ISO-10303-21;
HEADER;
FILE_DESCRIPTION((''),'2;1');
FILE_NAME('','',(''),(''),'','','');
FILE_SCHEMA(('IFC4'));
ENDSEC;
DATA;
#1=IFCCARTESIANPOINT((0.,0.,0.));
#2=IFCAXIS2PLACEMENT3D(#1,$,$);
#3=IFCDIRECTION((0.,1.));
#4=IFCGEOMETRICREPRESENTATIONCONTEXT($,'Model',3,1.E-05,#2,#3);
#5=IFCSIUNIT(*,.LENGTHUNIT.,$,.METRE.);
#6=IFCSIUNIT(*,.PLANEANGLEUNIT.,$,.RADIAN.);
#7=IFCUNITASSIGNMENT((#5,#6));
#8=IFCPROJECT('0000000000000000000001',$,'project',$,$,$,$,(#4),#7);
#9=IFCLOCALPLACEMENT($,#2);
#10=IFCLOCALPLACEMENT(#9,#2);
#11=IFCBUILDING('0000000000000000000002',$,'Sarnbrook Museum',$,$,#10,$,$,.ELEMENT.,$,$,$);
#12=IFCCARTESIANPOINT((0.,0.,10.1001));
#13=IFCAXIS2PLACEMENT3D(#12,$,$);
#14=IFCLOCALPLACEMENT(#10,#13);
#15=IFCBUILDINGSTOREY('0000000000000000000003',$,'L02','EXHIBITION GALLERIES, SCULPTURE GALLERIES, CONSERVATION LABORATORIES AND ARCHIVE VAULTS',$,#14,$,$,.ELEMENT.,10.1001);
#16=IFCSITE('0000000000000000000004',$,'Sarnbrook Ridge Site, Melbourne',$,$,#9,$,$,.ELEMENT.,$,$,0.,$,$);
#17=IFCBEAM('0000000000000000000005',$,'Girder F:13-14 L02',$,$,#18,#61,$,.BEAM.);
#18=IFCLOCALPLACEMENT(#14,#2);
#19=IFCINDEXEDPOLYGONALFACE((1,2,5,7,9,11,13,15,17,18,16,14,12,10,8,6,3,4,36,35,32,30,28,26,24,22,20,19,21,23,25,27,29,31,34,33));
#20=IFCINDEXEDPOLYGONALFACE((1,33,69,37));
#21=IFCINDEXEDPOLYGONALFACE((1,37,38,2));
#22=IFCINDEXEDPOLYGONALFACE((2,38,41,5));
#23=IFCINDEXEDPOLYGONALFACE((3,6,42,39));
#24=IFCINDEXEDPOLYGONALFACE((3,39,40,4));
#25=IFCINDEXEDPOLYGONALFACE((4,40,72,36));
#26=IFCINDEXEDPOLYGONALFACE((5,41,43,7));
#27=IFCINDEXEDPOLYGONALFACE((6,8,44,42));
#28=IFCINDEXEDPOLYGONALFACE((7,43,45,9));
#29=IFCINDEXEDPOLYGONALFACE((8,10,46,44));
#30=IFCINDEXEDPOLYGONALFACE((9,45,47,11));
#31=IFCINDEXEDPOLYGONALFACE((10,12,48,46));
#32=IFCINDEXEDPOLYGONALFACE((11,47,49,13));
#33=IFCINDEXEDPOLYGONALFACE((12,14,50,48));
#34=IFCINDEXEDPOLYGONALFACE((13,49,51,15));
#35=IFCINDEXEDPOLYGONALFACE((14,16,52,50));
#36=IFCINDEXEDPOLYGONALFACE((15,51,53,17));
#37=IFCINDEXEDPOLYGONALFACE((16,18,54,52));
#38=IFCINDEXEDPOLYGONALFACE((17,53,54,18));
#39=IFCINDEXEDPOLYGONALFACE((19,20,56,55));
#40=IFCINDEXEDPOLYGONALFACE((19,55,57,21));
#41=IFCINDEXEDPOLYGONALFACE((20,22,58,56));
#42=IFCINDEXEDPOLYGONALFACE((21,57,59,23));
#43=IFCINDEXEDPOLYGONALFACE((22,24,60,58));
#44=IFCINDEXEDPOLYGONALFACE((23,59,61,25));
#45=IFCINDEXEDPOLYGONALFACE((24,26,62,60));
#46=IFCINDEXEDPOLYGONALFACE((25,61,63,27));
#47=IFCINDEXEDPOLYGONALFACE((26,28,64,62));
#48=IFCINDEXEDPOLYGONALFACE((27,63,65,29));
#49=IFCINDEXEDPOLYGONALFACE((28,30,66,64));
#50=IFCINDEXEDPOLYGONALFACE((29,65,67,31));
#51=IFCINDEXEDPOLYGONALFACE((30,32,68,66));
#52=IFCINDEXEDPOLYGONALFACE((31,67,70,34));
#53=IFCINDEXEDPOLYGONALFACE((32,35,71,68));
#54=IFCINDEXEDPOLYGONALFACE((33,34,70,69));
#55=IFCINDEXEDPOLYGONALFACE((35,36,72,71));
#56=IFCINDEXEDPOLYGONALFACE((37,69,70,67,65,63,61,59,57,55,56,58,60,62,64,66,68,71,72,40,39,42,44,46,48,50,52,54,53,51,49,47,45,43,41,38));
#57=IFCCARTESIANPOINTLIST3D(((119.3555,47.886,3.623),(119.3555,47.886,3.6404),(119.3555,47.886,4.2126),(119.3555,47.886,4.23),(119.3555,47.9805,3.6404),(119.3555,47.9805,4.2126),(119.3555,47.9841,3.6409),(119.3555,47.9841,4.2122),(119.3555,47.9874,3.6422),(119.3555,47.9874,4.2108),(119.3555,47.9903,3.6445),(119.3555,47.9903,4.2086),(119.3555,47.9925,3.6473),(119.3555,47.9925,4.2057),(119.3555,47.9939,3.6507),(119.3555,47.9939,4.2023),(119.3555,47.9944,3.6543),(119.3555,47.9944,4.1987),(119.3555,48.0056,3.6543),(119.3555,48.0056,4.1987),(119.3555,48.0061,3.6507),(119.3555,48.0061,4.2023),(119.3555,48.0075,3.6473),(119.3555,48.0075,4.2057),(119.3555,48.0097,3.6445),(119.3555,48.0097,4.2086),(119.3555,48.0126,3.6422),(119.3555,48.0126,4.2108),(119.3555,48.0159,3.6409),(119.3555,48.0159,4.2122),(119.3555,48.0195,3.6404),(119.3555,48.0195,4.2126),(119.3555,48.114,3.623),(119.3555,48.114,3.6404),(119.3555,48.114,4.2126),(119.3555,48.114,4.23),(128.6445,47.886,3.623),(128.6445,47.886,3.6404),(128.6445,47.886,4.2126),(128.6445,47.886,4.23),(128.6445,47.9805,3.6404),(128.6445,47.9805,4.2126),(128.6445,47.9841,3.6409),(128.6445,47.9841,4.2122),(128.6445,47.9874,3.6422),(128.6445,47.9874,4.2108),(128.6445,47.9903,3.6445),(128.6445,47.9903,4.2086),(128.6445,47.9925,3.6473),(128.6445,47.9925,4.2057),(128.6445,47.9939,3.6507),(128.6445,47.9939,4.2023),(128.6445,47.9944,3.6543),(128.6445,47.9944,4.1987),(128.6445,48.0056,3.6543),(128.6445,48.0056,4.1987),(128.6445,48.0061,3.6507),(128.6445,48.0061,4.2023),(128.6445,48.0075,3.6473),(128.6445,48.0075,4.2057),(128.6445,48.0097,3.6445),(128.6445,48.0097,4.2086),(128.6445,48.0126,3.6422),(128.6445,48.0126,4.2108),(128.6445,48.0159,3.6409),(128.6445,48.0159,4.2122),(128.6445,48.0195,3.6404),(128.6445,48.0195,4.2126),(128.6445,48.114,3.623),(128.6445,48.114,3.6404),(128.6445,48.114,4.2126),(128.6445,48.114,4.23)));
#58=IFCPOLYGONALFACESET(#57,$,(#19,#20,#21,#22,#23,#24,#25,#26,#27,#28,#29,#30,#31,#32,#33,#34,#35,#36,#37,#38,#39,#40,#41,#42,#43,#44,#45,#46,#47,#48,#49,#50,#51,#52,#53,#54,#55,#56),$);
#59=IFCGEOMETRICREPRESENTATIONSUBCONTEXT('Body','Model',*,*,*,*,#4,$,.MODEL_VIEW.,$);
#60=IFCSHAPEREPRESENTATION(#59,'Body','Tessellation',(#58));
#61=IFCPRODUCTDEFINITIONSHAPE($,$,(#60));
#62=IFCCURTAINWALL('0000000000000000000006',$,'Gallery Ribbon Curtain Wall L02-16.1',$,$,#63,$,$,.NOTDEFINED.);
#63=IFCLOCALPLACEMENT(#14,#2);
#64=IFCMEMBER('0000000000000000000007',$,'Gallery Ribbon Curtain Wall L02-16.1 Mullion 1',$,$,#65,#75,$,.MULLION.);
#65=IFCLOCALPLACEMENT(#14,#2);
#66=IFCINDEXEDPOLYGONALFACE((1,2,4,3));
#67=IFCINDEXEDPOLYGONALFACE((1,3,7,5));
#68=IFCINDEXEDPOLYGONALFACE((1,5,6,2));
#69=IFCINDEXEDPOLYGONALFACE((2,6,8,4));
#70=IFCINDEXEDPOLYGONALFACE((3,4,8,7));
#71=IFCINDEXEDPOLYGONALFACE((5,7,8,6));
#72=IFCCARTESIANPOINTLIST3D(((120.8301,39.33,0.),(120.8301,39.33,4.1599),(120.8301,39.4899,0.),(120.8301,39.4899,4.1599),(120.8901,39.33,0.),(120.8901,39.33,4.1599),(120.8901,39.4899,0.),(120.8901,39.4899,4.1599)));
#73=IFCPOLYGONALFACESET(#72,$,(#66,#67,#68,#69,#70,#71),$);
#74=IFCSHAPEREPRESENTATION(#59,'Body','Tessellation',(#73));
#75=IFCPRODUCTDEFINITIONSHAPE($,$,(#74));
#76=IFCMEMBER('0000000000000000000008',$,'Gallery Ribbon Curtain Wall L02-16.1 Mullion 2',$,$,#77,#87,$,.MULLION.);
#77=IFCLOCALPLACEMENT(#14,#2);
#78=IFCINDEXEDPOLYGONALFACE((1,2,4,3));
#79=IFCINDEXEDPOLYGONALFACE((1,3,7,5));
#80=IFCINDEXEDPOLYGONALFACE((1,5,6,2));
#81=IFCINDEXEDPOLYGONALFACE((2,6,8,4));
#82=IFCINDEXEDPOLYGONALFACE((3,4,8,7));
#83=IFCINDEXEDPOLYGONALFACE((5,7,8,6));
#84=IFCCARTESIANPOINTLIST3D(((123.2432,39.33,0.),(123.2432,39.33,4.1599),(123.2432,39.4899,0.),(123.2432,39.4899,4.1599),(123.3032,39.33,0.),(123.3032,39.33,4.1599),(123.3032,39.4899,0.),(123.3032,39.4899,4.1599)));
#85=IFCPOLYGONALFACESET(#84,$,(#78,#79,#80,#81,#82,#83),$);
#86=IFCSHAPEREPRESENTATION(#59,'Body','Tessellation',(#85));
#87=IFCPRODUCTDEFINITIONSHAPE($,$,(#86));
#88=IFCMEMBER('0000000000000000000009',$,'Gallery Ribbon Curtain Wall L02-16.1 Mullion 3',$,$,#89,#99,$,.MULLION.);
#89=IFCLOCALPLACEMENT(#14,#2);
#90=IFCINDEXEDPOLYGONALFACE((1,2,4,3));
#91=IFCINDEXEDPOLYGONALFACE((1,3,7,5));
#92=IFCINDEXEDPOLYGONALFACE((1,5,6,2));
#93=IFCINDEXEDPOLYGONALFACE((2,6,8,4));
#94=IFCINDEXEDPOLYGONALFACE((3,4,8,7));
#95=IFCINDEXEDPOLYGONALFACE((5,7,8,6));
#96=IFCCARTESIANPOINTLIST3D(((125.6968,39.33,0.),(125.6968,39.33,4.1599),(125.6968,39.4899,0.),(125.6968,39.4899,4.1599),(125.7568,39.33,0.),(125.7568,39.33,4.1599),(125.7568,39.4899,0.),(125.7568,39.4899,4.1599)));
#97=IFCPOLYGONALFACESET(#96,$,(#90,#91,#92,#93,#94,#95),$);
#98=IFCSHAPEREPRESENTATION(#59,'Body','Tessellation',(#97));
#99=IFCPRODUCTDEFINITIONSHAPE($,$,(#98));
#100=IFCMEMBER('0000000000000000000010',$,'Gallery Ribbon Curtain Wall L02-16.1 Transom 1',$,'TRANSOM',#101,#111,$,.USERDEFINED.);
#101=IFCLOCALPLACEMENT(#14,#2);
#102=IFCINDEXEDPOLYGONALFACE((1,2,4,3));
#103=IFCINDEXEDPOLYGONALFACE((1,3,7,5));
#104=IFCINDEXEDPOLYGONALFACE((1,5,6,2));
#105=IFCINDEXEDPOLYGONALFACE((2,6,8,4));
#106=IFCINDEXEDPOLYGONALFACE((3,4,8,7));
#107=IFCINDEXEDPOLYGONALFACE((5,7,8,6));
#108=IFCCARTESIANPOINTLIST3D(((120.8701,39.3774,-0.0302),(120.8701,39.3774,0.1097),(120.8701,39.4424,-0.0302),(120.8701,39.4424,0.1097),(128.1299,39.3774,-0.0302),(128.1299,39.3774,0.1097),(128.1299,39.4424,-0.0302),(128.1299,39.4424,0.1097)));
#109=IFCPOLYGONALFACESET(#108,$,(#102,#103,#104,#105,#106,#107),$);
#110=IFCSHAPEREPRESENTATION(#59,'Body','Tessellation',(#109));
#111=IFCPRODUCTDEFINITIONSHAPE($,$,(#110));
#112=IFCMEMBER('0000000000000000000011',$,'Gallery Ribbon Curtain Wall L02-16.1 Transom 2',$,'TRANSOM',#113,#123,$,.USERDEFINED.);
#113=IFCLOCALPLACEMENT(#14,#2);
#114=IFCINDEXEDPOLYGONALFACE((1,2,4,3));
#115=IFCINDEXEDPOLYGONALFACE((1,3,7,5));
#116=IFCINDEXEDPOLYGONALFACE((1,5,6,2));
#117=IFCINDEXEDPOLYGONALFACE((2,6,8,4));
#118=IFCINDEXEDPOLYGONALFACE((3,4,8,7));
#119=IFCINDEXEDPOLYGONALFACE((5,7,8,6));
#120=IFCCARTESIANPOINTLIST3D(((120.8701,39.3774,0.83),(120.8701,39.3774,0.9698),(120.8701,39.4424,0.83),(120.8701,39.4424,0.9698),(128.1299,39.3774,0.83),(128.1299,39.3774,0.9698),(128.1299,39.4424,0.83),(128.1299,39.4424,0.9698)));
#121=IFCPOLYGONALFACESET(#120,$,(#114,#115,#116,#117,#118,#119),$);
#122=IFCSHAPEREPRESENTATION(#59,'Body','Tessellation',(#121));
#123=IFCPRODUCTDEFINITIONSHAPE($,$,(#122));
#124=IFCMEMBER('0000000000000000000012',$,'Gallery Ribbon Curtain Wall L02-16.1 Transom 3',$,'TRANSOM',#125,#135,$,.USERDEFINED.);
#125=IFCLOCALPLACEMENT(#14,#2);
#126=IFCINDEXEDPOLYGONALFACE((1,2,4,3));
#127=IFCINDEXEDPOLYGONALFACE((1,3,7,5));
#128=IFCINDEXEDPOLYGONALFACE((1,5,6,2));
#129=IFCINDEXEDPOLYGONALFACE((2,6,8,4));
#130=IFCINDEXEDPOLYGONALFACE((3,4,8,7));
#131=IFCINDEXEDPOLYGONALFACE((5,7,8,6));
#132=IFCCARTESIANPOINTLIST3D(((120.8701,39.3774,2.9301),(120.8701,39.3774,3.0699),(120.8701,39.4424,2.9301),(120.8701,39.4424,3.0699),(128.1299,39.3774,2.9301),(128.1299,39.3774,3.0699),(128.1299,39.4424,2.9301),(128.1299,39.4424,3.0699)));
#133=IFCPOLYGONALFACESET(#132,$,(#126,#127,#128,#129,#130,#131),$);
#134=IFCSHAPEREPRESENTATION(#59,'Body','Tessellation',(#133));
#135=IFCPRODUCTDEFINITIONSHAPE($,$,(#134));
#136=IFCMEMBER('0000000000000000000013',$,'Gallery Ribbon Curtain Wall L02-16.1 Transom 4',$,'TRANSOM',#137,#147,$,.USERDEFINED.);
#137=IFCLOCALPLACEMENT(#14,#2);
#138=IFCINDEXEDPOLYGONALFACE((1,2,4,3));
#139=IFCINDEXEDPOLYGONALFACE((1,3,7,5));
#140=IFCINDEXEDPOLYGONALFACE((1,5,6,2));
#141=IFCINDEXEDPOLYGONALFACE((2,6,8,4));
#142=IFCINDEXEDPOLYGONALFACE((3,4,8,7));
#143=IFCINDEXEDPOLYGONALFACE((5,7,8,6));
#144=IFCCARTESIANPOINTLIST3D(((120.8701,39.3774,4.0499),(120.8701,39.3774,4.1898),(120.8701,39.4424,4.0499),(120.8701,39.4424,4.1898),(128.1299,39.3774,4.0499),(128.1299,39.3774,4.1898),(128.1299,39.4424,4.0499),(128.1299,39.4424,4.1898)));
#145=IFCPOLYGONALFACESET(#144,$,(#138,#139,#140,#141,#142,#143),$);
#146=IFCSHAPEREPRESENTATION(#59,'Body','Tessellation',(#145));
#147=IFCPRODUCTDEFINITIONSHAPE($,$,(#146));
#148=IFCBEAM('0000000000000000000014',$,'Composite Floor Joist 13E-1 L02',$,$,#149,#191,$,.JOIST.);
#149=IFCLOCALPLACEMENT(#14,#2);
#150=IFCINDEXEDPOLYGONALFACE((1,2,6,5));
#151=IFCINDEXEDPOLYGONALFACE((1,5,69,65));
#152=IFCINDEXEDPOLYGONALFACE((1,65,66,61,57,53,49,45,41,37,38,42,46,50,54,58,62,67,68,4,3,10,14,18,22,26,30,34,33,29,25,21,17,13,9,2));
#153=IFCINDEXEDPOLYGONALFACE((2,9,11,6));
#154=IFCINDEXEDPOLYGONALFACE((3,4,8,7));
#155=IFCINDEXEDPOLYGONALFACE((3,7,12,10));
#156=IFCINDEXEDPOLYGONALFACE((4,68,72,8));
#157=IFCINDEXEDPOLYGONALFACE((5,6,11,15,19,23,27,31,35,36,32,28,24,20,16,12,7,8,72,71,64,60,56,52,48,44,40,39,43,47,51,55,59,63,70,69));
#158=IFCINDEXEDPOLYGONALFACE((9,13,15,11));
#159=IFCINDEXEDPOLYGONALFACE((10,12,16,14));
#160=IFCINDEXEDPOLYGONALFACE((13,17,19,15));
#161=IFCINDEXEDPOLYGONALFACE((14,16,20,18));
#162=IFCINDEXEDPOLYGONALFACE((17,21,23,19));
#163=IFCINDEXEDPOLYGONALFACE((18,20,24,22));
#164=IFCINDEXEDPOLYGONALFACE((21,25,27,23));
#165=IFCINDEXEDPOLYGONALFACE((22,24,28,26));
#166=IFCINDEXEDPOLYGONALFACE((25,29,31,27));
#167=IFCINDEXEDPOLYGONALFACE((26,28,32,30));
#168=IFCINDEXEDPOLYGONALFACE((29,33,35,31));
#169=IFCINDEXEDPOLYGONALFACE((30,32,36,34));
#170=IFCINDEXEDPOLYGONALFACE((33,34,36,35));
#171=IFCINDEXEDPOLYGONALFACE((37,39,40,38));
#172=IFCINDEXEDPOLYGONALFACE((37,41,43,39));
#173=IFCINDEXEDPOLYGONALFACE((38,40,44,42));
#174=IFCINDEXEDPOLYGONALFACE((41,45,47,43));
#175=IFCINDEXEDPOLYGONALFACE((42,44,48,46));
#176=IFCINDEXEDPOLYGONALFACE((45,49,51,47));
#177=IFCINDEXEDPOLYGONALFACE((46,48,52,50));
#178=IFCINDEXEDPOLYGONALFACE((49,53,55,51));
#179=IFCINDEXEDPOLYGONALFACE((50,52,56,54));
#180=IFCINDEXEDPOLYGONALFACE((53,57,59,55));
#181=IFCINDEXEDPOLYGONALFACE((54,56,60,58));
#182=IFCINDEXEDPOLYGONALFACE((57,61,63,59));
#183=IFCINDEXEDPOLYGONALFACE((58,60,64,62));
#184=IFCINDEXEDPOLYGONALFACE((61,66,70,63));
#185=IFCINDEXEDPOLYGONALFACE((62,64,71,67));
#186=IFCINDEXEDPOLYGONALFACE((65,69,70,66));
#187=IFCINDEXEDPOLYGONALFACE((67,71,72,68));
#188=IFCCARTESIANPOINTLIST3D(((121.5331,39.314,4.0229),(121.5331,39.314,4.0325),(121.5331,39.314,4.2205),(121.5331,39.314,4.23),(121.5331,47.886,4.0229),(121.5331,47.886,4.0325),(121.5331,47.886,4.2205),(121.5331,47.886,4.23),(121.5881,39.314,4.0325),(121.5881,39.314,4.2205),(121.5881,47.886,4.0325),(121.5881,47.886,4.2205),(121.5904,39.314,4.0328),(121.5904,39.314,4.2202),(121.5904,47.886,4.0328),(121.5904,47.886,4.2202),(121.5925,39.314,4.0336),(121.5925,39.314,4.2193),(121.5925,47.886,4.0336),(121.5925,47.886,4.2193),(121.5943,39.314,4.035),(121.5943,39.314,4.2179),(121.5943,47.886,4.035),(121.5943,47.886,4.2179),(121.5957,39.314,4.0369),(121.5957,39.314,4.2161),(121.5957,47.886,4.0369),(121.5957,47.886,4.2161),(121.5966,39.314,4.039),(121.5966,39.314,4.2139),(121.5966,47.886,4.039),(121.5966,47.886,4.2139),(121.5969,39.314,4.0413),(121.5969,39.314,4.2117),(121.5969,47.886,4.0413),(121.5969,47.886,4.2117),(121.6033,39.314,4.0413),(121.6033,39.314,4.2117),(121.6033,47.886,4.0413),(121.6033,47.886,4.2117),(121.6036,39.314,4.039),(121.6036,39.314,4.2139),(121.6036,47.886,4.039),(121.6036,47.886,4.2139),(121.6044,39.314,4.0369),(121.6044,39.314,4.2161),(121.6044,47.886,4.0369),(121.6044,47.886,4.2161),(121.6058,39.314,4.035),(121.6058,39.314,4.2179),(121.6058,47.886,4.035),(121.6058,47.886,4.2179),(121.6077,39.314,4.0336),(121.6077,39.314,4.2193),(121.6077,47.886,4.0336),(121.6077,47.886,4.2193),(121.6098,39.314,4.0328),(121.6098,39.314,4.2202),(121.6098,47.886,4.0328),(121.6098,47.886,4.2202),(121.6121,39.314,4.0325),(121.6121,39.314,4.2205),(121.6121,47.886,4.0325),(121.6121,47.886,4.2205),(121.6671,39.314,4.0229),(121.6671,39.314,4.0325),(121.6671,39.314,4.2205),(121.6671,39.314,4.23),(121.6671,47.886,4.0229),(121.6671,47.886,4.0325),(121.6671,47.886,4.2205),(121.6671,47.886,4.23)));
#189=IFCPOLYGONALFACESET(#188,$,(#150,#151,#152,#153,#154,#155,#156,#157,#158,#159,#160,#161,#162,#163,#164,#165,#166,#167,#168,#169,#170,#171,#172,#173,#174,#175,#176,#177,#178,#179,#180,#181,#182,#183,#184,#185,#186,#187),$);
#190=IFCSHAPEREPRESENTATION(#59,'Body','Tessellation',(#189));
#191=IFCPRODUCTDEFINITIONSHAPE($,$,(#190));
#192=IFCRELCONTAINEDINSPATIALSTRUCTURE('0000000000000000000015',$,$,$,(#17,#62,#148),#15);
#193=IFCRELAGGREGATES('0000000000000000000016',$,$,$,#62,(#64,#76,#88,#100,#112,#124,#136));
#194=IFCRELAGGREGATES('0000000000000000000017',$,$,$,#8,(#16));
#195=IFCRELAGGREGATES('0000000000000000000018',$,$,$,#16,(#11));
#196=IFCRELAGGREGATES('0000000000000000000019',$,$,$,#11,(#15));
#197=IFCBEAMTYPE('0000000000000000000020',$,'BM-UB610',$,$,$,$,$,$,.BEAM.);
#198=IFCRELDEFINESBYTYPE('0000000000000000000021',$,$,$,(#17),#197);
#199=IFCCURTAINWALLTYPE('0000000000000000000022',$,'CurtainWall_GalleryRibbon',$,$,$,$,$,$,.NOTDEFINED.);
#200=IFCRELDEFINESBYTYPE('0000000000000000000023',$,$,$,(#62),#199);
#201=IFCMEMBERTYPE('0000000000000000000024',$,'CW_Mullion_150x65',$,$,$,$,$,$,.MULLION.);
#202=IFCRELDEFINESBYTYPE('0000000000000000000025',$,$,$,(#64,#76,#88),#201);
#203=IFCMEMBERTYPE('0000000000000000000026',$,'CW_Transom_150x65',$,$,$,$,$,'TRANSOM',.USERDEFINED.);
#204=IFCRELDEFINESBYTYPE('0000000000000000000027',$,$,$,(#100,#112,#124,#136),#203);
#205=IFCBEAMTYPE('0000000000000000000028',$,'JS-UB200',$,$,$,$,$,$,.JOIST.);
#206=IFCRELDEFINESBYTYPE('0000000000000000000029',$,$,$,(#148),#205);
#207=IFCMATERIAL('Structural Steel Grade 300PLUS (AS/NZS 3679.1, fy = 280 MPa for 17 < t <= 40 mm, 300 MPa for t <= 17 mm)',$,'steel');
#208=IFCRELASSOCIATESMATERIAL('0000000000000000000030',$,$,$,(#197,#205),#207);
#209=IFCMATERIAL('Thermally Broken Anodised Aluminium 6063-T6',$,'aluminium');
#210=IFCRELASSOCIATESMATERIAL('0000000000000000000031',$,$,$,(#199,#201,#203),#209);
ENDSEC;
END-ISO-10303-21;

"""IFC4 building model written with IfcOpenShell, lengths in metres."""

from ifc_helpers import new_model, si_unit, direction, frame, origin, origin_2d, place, context, subcontext, project, spatial, rectangle, i_section, extrude, material, material_profile, profile_set, type_object, element, aggregate, save


model = new_model("IFC4")

# Units and contexts
model_context = context("Model", 3, precision=1e-05, world=origin(), true_north=direction((0.0, 1.0)))
body_context = subcontext(model_context, "Body", "Model", "MODEL_VIEW")
ifc_project = project(units=[si_unit("LENGTHUNIT", "METRE"), si_unit("PLANEANGLEUNIT", "RADIAN")], contexts=[model_context])

# Site, building, storey
site_placement = place(None, origin())
site = spatial("IfcSite", under=ifc_project, at=site_placement, Name="Sarnbrook Ridge Site, Melbourne", CompositionType="ELEMENT", RefElevation=0.0)
building_placement = place(site_placement, origin())
building = spatial("IfcBuilding", under=site, at=building_placement, Name="Sarnbrook Museum", CompositionType="ELEMENT")
storey_placement = place(building_placement, frame((0.0, 0.0, 10.1001)))
storey = spatial("IfcBuildingStorey", under=building, at=storey_placement, Name="L02", Description="EXHIBITION GALLERIES, SCULPTURE GALLERIES, CONSERVATION LABORATORIES AND ARCHIVE VAULTS", CompositionType="ELEMENT", Elevation=10.1001)

# Shared definitions
ifc_material_1 = material(Name="Structural Steel Grade 300PLUS (AS/NZS 3679.1, fy = 280 MPa for 17 < t <= 40 mm, 300 MPa for t <= 17 mm)", Category="steel")

# Beam
ifc_material_profile_1 = material_profile(ifc_material_1, i_section(OverallWidth=0.228, OverallDepth=0.6069, WebThickness=0.0112, FlangeThickness=0.0173, FilletRadius=0.0139, at=origin_2d()), Name="610UB113")
ifc_profile_set_1 = profile_set([ifc_material_profile_1], Name="Structural Steel Grade 300PLUS (AS/NZS 3679.1, fy = 280 MPa for 17 < t <= 40 mm, 300 MPa for t <= 17 mm)")
beam_type_1 = type_object("IfcBeamType", Name="BM-UB610", PredefinedType="BEAM", material=ifc_profile_set_1)
for number, where, z_axis, x_axis, name in (
    (1, (119.3555, 48.0, 3.9265), (1.0, 0.0, 0.0), (0.0, 1.0, 0.0), "Girder F:13-14 L02"),
):
    element("IfcBeam", number, at=place(storey_placement, frame(where, z_axis=z_axis, x_axis=x_axis)), inside=storey, type_object=beam_type_1, Name=name, PredefinedType="BEAM", context=body_context, shape_type="SweptSolid", body=[
        extrude(i_section(OverallWidth=0.228, OverallDepth=0.6069, WebThickness=0.0112, FlangeThickness=0.0173, FilletRadius=0.0139, at=origin_2d()), origin(), (0.0, 0.0, 1.0), 9.2891),
    ])

# Curtain wall, members
ifc_material_2 = material(Name="Thermally Broken Anodised Aluminium 6063-T6", Category="aluminium")
curtain_wall_type = type_object("IfcCurtainWallType", Name="CurtainWall_GalleryRibbon", PredefinedType="NOTDEFINED", material=ifc_material_2)
curtain_wall_1_placement = place(storey_placement, origin())
curtain_wall_1 = element("IfcCurtainWall", 2, at=curtain_wall_1_placement, inside=storey, type_object=curtain_wall_type, Name="Gallery Ribbon Curtain Wall L02-16.1", PredefinedType="NOTDEFINED")
ifc_material_profile_2 = material_profile(ifc_material_2, rectangle(XDim=0.0601, YDim=0.1599, at=origin_2d()), Name="ALU MULLION 60x160")
ifc_profile_set_2 = profile_set([ifc_material_profile_2], Name="Thermally Broken Anodised Aluminium 6063-T6")
member_type_1 = type_object("IfcMemberType", Name="CW_Mullion_150x65", PredefinedType="MULLION", material=ifc_profile_set_2)
member_1_placement = place(storey_placement, frame((120.8601, 39.4099, 0.0), z_axis=(0.0, 0.0, 1.0), x_axis=(1.0, 0.0, 0.0)))
member_1 = element("IfcMember", 3, at=member_1_placement, type_object=member_type_1, Name="Gallery Ribbon Curtain Wall L02-16.1 Mullion 1", PredefinedType="MULLION", context=body_context, shape_type="SweptSolid", body=[
    extrude(rectangle(XDim=0.0601, YDim=0.1599, at=origin_2d()), origin(), (0.0, 0.0, 1.0), 4.1599),
])
member_2_placement = place(storey_placement, frame((123.2732, 39.4099, 0.0), z_axis=(0.0, 0.0, 1.0), x_axis=(1.0, 0.0, 0.0)))
member_2 = element("IfcMember", 4, at=member_2_placement, type_object=member_type_1, Name="Gallery Ribbon Curtain Wall L02-16.1 Mullion 2", PredefinedType="MULLION", context=body_context, shape_type="SweptSolid", body=[
    extrude(rectangle(XDim=0.0601, YDim=0.1599, at=origin_2d()), origin(), (0.0, 0.0, 1.0), 4.1599),
])
member_3_placement = place(storey_placement, frame((125.7268, 39.4099, 0.0), z_axis=(0.0, 0.0, 1.0), x_axis=(1.0, 0.0, 0.0)))
member_3 = element("IfcMember", 5, at=member_3_placement, type_object=member_type_1, Name="Gallery Ribbon Curtain Wall L02-16.1 Mullion 3", PredefinedType="MULLION", context=body_context, shape_type="SweptSolid", body=[
    extrude(rectangle(XDim=0.0601, YDim=0.1599, at=origin_2d()), origin(), (0.0, 0.0, 1.0), 4.1599),
])
ifc_material_profile_3 = material_profile(ifc_material_2, rectangle(XDim=0.0649, YDim=0.1399, at=origin_2d()), Name="ALU TRANSOM 65x140")
ifc_profile_set_3 = profile_set([ifc_material_profile_3], Name="Thermally Broken Anodised Aluminium 6063-T6")
member_type_2 = type_object("IfcMemberType", Name="CW_Transom_150x65", ElementType="TRANSOM", PredefinedType="USERDEFINED", material=ifc_profile_set_3)
member_4_placement = place(storey_placement, frame((120.8701, 39.4099, 0.0398), z_axis=(1.0, 0.0, 0.0), x_axis=(0.0, 1.0, 0.0)))
member_4 = element("IfcMember", 6, at=member_4_placement, type_object=member_type_2, Name="Gallery Ribbon Curtain Wall L02-16.1 Transom 1", ObjectType="TRANSOM", PredefinedType="USERDEFINED", context=body_context, shape_type="SweptSolid", body=[
    extrude(rectangle(XDim=0.0649, YDim=0.1399, at=origin_2d()), origin(), (0.0, 0.0, 1.0), 7.2598),
])
member_5_placement = place(storey_placement, frame((120.8701, 39.4099, 0.8999), z_axis=(1.0, 0.0, 0.0), x_axis=(0.0, 1.0, 0.0)))
member_5 = element("IfcMember", 7, at=member_5_placement, type_object=member_type_2, Name="Gallery Ribbon Curtain Wall L02-16.1 Transom 2", ObjectType="TRANSOM", PredefinedType="USERDEFINED", context=body_context, shape_type="SweptSolid", body=[
    extrude(rectangle(XDim=0.0649, YDim=0.1399, at=origin_2d()), origin(), (0.0, 0.0, 1.0), 7.2598),
])
member_6_placement = place(storey_placement, frame((120.8701, 39.4099, 3.0), z_axis=(1.0, 0.0, 0.0), x_axis=(0.0, 1.0, 0.0)))
member_6 = element("IfcMember", 8, at=member_6_placement, type_object=member_type_2, Name="Gallery Ribbon Curtain Wall L02-16.1 Transom 3", ObjectType="TRANSOM", PredefinedType="USERDEFINED", context=body_context, shape_type="SweptSolid", body=[
    extrude(rectangle(XDim=0.0649, YDim=0.1399, at=origin_2d()), origin(), (0.0, 0.0, 1.0), 7.2598),
])
member_7_placement = place(storey_placement, frame((120.8701, 39.4099, 4.1199), z_axis=(1.0, 0.0, 0.0), x_axis=(0.0, 1.0, 0.0)))
member_7 = element("IfcMember", 9, at=member_7_placement, type_object=member_type_2, Name="Gallery Ribbon Curtain Wall L02-16.1 Transom 4", ObjectType="TRANSOM", PredefinedType="USERDEFINED", context=body_context, shape_type="SweptSolid", body=[
    extrude(rectangle(XDim=0.0649, YDim=0.1399, at=origin_2d()), origin(), (0.0, 0.0, 1.0), 7.2598),
])

# Beam
ifc_material_profile_4 = material_profile(ifc_material_1, i_section(OverallWidth=0.134, OverallDepth=0.207, WebThickness=0.0063, FlangeThickness=0.0095, FilletRadius=0.0088, at=origin_2d()), Name="200UB29.8")
ifc_profile_set_4 = profile_set([ifc_material_profile_4], Name="Structural Steel Grade 300PLUS (AS/NZS 3679.1, fy = 280 MPa for 17 < t <= 40 mm, 300 MPa for t <= 17 mm)")
beam_type_2 = type_object("IfcBeamType", Name="JS-UB200", PredefinedType="JOIST", material=ifc_profile_set_4)
for number, where, z_axis, x_axis, name in (
    (10, (121.6001, 39.314, 4.1265), (0.0, 1.0, 0.0), (-1.0, 0.0, 0.0), "Composite Floor Joist 13E-1 L02"),
):
    element("IfcBeam", number, at=place(storey_placement, frame(where, z_axis=z_axis, x_axis=x_axis)), inside=storey, type_object=beam_type_2, Name=name, PredefinedType="JOIST", context=body_context, shape_type="SweptSolid", body=[
        extrude(i_section(OverallWidth=0.134, OverallDepth=0.207, WebThickness=0.0063, FlangeThickness=0.0095, FilletRadius=0.0088, at=origin_2d()), origin(), (0.0, 0.0, 1.0), 8.572),
    ])

aggregate(curtain_wall_1, [member_1, member_2, member_3, member_4, member_5, member_6, member_7])

save(model, "model.ifc")
